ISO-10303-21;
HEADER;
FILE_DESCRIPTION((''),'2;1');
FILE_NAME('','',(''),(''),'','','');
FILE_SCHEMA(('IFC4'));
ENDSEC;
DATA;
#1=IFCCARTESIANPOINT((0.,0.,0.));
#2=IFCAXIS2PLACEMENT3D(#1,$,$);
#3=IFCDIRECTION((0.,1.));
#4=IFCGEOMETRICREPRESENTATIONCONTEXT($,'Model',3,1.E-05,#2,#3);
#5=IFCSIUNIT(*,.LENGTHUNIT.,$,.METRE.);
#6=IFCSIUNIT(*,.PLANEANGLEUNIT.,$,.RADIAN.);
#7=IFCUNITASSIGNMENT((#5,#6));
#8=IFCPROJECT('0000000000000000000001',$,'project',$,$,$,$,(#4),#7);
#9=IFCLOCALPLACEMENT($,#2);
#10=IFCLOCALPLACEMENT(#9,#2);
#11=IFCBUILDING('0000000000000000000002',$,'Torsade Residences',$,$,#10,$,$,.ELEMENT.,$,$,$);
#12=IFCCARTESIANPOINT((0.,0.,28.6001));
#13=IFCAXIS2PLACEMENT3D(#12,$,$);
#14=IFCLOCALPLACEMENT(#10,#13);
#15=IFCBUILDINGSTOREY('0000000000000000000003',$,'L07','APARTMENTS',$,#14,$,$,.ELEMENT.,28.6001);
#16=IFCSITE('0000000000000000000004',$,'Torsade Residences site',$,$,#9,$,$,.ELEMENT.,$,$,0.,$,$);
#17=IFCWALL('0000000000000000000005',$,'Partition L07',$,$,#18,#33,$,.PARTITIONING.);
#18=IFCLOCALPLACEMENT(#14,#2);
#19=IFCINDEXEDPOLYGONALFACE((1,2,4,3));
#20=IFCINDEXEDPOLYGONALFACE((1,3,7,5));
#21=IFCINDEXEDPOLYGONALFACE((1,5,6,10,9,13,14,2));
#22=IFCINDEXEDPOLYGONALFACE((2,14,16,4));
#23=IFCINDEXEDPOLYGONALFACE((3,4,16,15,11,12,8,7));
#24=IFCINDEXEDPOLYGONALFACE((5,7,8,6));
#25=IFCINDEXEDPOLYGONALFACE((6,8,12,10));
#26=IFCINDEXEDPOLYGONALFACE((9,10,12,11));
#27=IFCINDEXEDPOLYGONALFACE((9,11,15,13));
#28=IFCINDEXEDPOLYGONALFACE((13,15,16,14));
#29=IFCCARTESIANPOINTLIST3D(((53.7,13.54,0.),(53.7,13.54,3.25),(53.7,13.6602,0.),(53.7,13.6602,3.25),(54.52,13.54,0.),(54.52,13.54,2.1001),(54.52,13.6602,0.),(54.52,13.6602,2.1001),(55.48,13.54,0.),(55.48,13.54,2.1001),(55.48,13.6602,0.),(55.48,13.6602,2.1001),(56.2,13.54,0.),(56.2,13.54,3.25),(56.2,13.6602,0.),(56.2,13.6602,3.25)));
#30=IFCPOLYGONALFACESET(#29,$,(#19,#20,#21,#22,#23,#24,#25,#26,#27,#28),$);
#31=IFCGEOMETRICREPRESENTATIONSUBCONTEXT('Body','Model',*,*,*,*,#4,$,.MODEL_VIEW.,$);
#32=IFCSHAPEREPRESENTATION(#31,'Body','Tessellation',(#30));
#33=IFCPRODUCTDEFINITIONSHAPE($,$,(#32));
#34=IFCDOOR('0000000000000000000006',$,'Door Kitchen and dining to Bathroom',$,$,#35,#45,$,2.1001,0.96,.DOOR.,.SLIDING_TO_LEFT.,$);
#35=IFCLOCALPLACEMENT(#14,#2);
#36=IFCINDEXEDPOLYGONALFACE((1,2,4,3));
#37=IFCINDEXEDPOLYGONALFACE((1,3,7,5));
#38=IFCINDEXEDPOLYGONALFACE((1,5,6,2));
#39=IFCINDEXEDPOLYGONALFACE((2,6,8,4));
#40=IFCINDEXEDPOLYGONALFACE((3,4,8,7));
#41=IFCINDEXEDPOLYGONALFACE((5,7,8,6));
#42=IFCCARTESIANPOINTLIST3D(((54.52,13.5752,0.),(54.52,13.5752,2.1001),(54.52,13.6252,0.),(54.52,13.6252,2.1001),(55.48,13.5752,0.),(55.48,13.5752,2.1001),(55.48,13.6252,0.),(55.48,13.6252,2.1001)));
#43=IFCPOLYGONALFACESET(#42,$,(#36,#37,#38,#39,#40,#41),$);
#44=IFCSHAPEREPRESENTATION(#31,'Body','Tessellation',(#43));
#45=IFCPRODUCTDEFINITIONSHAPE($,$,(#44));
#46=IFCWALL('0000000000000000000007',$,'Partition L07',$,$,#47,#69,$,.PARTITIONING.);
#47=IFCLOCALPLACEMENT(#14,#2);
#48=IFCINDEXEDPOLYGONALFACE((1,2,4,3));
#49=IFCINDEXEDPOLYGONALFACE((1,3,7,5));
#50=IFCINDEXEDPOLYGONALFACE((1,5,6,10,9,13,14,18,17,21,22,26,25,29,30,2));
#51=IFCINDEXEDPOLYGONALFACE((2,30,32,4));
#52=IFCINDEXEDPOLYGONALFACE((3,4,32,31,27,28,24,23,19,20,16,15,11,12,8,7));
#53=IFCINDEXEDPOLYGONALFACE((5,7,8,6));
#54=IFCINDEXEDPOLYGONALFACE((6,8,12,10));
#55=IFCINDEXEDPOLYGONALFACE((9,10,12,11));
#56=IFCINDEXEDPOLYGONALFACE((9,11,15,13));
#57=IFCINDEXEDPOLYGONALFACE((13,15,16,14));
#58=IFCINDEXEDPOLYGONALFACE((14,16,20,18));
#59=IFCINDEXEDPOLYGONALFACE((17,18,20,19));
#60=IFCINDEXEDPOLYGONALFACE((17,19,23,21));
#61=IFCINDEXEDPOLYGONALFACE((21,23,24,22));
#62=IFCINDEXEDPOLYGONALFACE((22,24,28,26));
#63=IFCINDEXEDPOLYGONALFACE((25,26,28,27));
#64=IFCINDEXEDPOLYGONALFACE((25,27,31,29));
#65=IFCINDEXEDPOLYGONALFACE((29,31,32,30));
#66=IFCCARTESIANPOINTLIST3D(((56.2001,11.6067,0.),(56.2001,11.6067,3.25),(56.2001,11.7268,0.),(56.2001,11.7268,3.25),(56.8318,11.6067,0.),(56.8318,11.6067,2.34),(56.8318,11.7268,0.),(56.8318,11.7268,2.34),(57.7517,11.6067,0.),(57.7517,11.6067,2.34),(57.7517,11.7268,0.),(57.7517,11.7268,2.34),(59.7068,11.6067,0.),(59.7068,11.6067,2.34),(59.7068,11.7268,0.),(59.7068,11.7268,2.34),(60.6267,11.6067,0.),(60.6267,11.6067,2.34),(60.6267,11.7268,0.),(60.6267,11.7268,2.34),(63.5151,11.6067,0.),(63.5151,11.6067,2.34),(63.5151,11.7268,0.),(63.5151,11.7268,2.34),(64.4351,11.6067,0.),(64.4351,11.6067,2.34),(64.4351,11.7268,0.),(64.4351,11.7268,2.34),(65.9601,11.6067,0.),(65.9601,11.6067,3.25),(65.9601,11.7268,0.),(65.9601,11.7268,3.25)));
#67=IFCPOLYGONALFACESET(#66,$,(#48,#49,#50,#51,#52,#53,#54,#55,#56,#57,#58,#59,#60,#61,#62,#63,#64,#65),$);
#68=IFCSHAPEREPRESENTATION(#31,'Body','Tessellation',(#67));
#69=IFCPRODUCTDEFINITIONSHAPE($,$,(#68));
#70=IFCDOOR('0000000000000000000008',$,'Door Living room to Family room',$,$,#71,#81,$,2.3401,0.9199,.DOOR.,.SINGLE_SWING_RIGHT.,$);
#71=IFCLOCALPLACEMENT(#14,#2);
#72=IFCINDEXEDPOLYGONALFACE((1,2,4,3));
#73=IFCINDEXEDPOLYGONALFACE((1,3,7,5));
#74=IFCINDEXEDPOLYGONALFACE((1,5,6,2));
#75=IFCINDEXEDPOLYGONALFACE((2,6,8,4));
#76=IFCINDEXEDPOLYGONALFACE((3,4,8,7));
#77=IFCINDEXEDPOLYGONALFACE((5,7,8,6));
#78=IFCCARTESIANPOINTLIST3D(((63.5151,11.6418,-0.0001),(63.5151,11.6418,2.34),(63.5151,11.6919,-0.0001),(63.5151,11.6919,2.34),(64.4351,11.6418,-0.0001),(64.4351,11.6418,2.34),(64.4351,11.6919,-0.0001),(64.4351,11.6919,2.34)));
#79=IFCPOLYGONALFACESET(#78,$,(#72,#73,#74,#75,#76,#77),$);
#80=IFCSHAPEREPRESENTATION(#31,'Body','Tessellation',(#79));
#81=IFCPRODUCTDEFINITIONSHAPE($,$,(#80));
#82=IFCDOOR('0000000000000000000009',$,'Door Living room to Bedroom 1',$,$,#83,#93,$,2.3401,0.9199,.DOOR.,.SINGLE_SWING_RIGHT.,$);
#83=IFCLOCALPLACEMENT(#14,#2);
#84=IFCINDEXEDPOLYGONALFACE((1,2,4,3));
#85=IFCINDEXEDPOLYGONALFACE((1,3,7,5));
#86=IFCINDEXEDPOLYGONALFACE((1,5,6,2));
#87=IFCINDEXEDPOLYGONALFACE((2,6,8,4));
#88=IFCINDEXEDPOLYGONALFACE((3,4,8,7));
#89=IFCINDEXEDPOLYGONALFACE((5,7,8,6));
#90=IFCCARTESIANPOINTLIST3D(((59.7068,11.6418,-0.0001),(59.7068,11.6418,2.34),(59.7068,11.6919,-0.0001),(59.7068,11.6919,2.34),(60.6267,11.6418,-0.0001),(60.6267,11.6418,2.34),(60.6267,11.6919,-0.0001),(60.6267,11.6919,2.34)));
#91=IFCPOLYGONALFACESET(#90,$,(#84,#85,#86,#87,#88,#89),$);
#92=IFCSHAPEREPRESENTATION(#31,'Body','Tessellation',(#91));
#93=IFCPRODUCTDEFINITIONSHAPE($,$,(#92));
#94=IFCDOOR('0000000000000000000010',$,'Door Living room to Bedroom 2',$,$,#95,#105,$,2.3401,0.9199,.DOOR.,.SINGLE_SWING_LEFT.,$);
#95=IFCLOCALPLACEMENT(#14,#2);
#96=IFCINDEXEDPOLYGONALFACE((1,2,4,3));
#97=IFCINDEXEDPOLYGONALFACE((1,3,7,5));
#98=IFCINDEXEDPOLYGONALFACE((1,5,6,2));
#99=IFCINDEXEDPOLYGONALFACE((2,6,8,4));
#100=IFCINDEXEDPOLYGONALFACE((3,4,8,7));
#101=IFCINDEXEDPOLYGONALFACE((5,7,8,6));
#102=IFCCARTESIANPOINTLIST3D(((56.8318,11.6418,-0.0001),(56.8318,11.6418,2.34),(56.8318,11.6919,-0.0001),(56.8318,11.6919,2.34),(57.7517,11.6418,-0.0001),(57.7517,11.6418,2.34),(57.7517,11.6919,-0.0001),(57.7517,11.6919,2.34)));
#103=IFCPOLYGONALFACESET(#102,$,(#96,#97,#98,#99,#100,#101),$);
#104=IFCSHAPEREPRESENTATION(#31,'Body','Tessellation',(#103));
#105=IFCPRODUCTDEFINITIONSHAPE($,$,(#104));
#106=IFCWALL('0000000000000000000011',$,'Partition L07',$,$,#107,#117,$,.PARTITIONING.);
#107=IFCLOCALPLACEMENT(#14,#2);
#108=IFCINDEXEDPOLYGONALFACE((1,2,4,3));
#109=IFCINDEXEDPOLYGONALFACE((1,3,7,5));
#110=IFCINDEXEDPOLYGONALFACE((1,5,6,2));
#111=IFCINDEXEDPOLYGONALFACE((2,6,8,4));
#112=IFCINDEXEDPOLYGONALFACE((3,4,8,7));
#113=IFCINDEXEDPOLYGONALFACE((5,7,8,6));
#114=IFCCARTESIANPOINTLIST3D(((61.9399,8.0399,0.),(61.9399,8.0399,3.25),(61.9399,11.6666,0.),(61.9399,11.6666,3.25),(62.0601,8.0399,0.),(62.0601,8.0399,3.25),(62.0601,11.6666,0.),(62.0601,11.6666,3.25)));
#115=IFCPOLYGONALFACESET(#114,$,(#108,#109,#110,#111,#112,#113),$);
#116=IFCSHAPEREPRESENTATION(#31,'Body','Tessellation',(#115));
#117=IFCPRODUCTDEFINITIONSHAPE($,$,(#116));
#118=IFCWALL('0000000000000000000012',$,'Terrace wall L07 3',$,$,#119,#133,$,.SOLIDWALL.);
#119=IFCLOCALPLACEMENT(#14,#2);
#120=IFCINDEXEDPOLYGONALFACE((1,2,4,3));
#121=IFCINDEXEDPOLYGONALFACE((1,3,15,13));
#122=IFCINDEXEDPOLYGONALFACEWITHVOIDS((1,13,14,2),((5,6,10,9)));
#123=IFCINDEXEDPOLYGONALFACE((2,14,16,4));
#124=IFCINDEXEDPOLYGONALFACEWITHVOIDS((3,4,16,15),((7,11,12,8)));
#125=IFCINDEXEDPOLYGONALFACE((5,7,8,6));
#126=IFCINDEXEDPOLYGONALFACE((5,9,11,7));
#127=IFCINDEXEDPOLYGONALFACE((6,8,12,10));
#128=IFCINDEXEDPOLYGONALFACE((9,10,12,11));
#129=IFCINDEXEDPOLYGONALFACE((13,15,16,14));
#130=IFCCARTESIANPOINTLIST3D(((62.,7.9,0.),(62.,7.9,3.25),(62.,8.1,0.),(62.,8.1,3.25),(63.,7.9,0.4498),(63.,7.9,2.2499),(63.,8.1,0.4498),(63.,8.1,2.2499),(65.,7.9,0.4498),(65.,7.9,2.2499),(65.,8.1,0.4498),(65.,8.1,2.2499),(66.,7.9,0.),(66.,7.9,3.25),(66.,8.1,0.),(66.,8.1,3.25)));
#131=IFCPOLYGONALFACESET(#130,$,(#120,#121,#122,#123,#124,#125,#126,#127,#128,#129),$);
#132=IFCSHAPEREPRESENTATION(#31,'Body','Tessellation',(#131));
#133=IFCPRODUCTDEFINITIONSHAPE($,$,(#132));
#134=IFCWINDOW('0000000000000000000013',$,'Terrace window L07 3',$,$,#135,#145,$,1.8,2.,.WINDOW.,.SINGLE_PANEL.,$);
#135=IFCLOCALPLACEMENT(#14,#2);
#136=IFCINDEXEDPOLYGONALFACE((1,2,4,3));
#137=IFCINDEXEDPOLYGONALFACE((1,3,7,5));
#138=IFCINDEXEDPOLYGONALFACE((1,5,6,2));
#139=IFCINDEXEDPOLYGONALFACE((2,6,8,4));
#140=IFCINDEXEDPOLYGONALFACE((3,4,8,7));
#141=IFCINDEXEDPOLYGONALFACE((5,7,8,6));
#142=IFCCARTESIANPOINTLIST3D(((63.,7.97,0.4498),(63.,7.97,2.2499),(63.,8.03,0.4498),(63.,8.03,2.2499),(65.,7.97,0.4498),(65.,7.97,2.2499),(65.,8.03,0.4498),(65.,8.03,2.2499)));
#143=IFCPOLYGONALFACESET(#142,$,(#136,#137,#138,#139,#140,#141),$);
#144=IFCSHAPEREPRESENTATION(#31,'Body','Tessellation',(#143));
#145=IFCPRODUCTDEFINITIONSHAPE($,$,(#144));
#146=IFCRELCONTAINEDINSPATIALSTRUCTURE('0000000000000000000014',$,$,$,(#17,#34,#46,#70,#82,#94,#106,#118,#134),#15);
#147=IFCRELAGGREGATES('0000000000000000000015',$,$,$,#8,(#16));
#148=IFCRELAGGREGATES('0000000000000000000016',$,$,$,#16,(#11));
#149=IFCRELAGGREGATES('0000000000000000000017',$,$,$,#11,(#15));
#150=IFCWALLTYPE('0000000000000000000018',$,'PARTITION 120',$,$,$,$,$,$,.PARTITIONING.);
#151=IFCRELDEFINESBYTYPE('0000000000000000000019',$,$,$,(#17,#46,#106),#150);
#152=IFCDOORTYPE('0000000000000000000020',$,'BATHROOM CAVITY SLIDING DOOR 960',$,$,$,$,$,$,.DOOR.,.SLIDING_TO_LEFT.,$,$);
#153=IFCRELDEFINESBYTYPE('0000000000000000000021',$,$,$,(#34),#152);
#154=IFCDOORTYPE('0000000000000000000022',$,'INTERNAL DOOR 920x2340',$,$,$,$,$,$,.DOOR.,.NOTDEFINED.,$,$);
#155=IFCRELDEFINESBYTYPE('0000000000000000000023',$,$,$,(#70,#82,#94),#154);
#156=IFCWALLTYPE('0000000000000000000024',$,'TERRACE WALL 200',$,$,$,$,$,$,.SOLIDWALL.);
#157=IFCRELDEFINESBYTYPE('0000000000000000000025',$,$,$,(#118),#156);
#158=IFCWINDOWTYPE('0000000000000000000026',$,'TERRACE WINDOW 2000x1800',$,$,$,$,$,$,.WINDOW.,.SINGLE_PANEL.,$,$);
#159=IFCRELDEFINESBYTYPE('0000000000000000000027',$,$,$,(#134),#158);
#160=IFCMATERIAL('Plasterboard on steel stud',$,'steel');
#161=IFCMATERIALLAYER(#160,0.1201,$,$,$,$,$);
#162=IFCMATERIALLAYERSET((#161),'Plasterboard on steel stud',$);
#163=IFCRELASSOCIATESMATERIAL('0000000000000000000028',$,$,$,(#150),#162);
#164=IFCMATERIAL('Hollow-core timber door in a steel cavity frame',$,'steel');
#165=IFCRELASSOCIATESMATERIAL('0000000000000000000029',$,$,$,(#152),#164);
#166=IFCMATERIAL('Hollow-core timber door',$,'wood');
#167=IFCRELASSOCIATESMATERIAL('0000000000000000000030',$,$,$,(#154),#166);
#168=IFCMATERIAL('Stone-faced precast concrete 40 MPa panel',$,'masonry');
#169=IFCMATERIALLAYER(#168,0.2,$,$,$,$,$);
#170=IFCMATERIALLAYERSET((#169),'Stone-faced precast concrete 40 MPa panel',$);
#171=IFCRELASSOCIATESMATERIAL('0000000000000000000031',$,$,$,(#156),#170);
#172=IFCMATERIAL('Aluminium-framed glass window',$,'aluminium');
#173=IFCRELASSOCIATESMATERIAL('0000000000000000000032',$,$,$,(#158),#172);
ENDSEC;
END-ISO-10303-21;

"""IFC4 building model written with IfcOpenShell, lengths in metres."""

from ifc_helpers import new_model, si_unit, direction, frame, frame_2d, origin, place, context, subcontext, project, spatial, rectangle, extrude, material, layer, layer_set, type_object, element, fill, save


model = new_model("IFC4")

# Units and contexts
model_context = context("Model", 3, precision=1e-05, world=origin(), true_north=direction((0.0, 1.0)))
body_context = subcontext(model_context, "Body", "Model", "MODEL_VIEW")
ifc_project = project(units=[si_unit("LENGTHUNIT", "METRE"), si_unit("PLANEANGLEUNIT", "RADIAN")], contexts=[model_context])

# Site, building, storey
site_placement = place(None, origin())
site = spatial("IfcSite", under=ifc_project, at=site_placement, Name="Torsade Residences site", CompositionType="ELEMENT", RefElevation=0.0)
building_placement = place(site_placement, origin())
building = spatial("IfcBuilding", under=site, at=building_placement, Name="Torsade Residences", CompositionType="ELEMENT")
storey_placement = place(building_placement, frame((0.0, 0.0, 28.6001)))
storey = spatial("IfcBuildingStorey", under=building, at=storey_placement, Name="L07", Description="APARTMENTS", CompositionType="ELEMENT", Elevation=28.6001)

# Shared definitions
ifc_material_1 = material(Name="Plasterboard on steel stud", Category="steel")
ifc_layer_1 = layer(ifc_material_1, 0.1201)
ifc_layer_set_1 = layer_set([ifc_layer_1], Name="Plasterboard on steel stud")
wall_type_1 = type_object("IfcWallType", Name="PARTITION 120", PredefinedType="PARTITIONING", material=ifc_layer_set_1)
ifc_material_2 = material(Name="Hollow-core timber door in a steel cavity frame", Category="steel")
door_type_1 = type_object("IfcDoorType", Name="BATHROOM CAVITY SLIDING DOOR 960", OperationType="SLIDING_TO_LEFT", PredefinedType="DOOR", material=ifc_material_2)
ifc_material_3 = material(Name="Hollow-core timber door", Category="wood")
door_type_2 = type_object("IfcDoorType", Name="INTERNAL DOOR 920x2340", OperationType="NOTDEFINED", PredefinedType="DOOR", material=ifc_material_3)

# Wall, opening, door
wall_1_placement = place(storey_placement, frame((56.2, 13.6001, 0.0), z_axis=(0.0, 0.0, 1.0), x_axis=(-1.0, 0.0, 0.0)))
wall_1 = element("IfcWall", 1, at=wall_1_placement, inside=storey, type_object=wall_type_1, Name="Partition L07", PredefinedType="PARTITIONING", context=body_context, shape_type="SweptSolid", body=[
    extrude(rectangle(XDim=2.5, YDim=0.1201, at=frame_2d((1.25, 0.0))), origin(), (0.0, 0.0, 1.0), 3.25),
])
opening_1_placement = place(wall_1_placement, frame((0.72, 0.0, 0.0)))
opening_1 = element("IfcOpeningElement", 2, at=opening_1_placement, cuts=wall_1, PredefinedType="OPENING", context=body_context, shape_type="SweptSolid", body=[
    extrude(rectangle(XDim=0.96, YDim=2.1001, at=frame_2d((0.48, 1.05))), frame((0.0, 0.0701, 0.0), z_axis=(0.0, -1.0, 0.0), x_axis=(1.0, 0.0, 0.0)), (0.0, 0.0, 1.0), 0.1401),
])
door_1_placement = place(opening_1_placement, origin())
door_1 = element("IfcDoor", 3, at=door_1_placement, inside=storey, type_object=door_type_1, Name="Door Kitchen and dining to Bathroom", OperationType="SLIDING_TO_LEFT", OverallHeight=2.1001, OverallWidth=0.96, PredefinedType="DOOR", context=body_context, shape_type="SweptSolid", body=[
    extrude(rectangle(XDim=0.96, YDim=2.1001, at=frame_2d((0.48, 1.05))), frame((0.0, 0.0249, 0.0), z_axis=(0.0, -1.0, 0.0), x_axis=(1.0, 0.0, 0.0)), (0.0, 0.0, 1.0), 0.05),
])
fill(opening_1, door_1)

# Wall, openings, doors
wall_2_placement = place(storey_placement, frame((65.96, 11.6667, 0.0), z_axis=(0.0, 0.0, 1.0), x_axis=(-1.0, 0.0, 0.0)))
wall_2 = element("IfcWall", 4, at=wall_2_placement, inside=storey, type_object=wall_type_1, Name="Partition L07", PredefinedType="PARTITIONING", context=body_context, shape_type="SweptSolid", body=[
    extrude(rectangle(XDim=9.76, YDim=0.1201, at=frame_2d((4.8799, 0.0))), origin(), (0.0, 0.0, 1.0), 3.25),
])
opening_2_placement = place(wall_2_placement, frame((1.5249, 0.0, 0.0)))
opening_2 = element("IfcOpeningElement", 5, at=opening_2_placement, cuts=wall_2, PredefinedType="OPENING", context=body_context, shape_type="SweptSolid", body=[
    extrude(rectangle(XDim=0.9199, YDim=2.3401, at=frame_2d((0.46, 1.1699))), frame((0.0, 0.0701, 0.0), z_axis=(0.0, -1.0, 0.0), x_axis=(1.0, 0.0, 0.0)), (0.0, 0.0, 1.0), 0.1401),
])
opening_3_placement = place(wall_2_placement, frame((5.3333, 0.0, 0.0)))
opening_3 = element("IfcOpeningElement", 6, at=opening_3_placement, cuts=wall_2, PredefinedType="OPENING", context=body_context, shape_type="SweptSolid", body=[
    extrude(rectangle(XDim=0.9199, YDim=2.3401, at=frame_2d((0.46, 1.1699))), frame((0.0, 0.0701, 0.0), z_axis=(0.0, -1.0, 0.0), x_axis=(1.0, 0.0, 0.0)), (0.0, 0.0, 1.0), 0.1401),
])
opening_4_placement = place(wall_2_placement, frame((8.2083, 0.0, 0.0)))
opening_4 = element("IfcOpeningElement", 7, at=opening_4_placement, cuts=wall_2, PredefinedType="OPENING", context=body_context, shape_type="SweptSolid", body=[
    extrude(rectangle(XDim=0.9199, YDim=2.3401, at=frame_2d((0.46, 1.1699))), frame((0.0, 0.0701, 0.0), z_axis=(0.0, -1.0, 0.0), x_axis=(1.0, 0.0, 0.0)), (0.0, 0.0, 1.0), 0.1401),
])
door_2_placement = place(opening_2_placement, origin())
door_2 = element("IfcDoor", 8, at=door_2_placement, inside=storey, type_object=door_type_2, Name="Door Living room to Family room", OperationType="SINGLE_SWING_RIGHT", OverallHeight=2.3401, OverallWidth=0.9199, PredefinedType="DOOR", context=body_context, shape_type="SweptSolid", body=[
    extrude(rectangle(XDim=0.9199, YDim=2.3401, at=frame_2d((0.46, 1.1699))), frame((0.0, 0.0249, 0.0), z_axis=(0.0, -1.0, 0.0), x_axis=(1.0, 0.0, 0.0)), (0.0, 0.0, 1.0), 0.05),
])
fill(opening_2, door_2)
door_3_placement = place(opening_3_placement, origin())
door_3 = element("IfcDoor", 9, at=door_3_placement, inside=storey, type_object=door_type_2, Name="Door Living room to Bedroom 1", OperationType="SINGLE_SWING_RIGHT", OverallHeight=2.3401, OverallWidth=0.9199, PredefinedType="DOOR", context=body_context, shape_type="SweptSolid", body=[
    extrude(rectangle(XDim=0.9199, YDim=2.3401, at=frame_2d((0.46, 1.1699))), frame((0.0, 0.0249, 0.0), z_axis=(0.0, -1.0, 0.0), x_axis=(1.0, 0.0, 0.0)), (0.0, 0.0, 1.0), 0.05),
])
fill(opening_3, door_3)
door_4_placement = place(opening_4_placement, origin())
door_4 = element("IfcDoor", 10, at=door_4_placement, inside=storey, type_object=door_type_2, Name="Door Living room to Bedroom 2", OperationType="SINGLE_SWING_LEFT", OverallHeight=2.3401, OverallWidth=0.9199, PredefinedType="DOOR", context=body_context, shape_type="SweptSolid", body=[
    extrude(rectangle(XDim=0.9199, YDim=2.3401, at=frame_2d((0.46, 1.1699))), frame((0.0, 0.0249, 0.0), z_axis=(0.0, -1.0, 0.0), x_axis=(1.0, 0.0, 0.0)), (0.0, 0.0, 1.0), 0.05),
])
fill(opening_4, door_4)

# Wall
wall_3_placement = place(storey_placement, frame((62.0, 11.6667, 0.0), z_axis=(0.0, 0.0, 1.0), x_axis=(0.0, -1.0, 0.0)))
element("IfcWall", 11, at=wall_3_placement, inside=storey, type_object=wall_type_1, Name="Partition L07", PredefinedType="PARTITIONING", context=body_context, shape_type="SweptSolid", body=[
    extrude(rectangle(XDim=3.6267, YDim=0.1201, at=frame_2d((1.8135, 0.0))), origin(), (0.0, 0.0, 1.0), 3.25),
])

# Wall, opening, window
ifc_material_4 = material(Name="Stone-faced precast concrete 40 MPa panel", Category="masonry")
ifc_layer_2 = layer(ifc_material_4, 0.2)
ifc_layer_set_2 = layer_set([ifc_layer_2], Name="Stone-faced precast concrete 40 MPa panel")
wall_type_2 = type_object("IfcWallType", Name="TERRACE WALL 200", PredefinedType="SOLIDWALL", material=ifc_layer_set_2)
wall_4_placement = place(storey_placement, frame((62.0, 8.0, 0.0), z_axis=(0.0, 0.0, 1.0), x_axis=(1.0, 0.0, 0.0)))
wall_4 = element("IfcWall", 12, at=wall_4_placement, inside=storey, type_object=wall_type_2, Name="Terrace wall L07 3", PredefinedType="SOLIDWALL", context=body_context, shape_type="SweptSolid", body=[
    extrude(rectangle(XDim=4.0, YDim=0.2, at=frame_2d((2.0, 0.0))), origin(), (0.0, 0.0, 1.0), 3.25),
])
opening_5_placement = place(wall_4_placement, frame((1.0, 0.0, 0.45)))
opening_5 = element("IfcOpeningElement", 13, at=opening_5_placement, cuts=wall_4, PredefinedType="OPENING", context=body_context, shape_type="SweptSolid", body=[
    extrude(rectangle(XDim=2.0, YDim=1.8, at=frame_2d((1.0, 0.8999))), frame((0.0, 0.1099, 0.0), z_axis=(0.0, -1.0, 0.0), x_axis=(1.0, 0.0, 0.0)), (0.0, 0.0, 1.0), 0.22),
])
ifc_material_5 = material(Name="Aluminium-framed glass window", Category="aluminium")
window_type = type_object("IfcWindowType", Name="TERRACE WINDOW 2000x1800", PartitioningType="SINGLE_PANEL", PredefinedType="WINDOW", material=ifc_material_5)
window_placement = place(opening_5_placement, origin())
window = element("IfcWindow", 14, at=window_placement, inside=storey, type_object=window_type, Name="Terrace window L07 3", OverallHeight=1.8, OverallWidth=2.0, PartitioningType="SINGLE_PANEL", PredefinedType="WINDOW", context=body_context, shape_type="SweptSolid", body=[
    extrude(rectangle(XDim=2.0, YDim=1.8, at=frame_2d((1.0, 0.8999))), frame((0.0, 0.03, 0.0), z_axis=(0.0, -1.0, 0.0), x_axis=(1.0, 0.0, 0.0)), (0.0, 0.0, 1.0), 0.0601),
])
fill(opening_5, window)

save(model, "model.ifc")
